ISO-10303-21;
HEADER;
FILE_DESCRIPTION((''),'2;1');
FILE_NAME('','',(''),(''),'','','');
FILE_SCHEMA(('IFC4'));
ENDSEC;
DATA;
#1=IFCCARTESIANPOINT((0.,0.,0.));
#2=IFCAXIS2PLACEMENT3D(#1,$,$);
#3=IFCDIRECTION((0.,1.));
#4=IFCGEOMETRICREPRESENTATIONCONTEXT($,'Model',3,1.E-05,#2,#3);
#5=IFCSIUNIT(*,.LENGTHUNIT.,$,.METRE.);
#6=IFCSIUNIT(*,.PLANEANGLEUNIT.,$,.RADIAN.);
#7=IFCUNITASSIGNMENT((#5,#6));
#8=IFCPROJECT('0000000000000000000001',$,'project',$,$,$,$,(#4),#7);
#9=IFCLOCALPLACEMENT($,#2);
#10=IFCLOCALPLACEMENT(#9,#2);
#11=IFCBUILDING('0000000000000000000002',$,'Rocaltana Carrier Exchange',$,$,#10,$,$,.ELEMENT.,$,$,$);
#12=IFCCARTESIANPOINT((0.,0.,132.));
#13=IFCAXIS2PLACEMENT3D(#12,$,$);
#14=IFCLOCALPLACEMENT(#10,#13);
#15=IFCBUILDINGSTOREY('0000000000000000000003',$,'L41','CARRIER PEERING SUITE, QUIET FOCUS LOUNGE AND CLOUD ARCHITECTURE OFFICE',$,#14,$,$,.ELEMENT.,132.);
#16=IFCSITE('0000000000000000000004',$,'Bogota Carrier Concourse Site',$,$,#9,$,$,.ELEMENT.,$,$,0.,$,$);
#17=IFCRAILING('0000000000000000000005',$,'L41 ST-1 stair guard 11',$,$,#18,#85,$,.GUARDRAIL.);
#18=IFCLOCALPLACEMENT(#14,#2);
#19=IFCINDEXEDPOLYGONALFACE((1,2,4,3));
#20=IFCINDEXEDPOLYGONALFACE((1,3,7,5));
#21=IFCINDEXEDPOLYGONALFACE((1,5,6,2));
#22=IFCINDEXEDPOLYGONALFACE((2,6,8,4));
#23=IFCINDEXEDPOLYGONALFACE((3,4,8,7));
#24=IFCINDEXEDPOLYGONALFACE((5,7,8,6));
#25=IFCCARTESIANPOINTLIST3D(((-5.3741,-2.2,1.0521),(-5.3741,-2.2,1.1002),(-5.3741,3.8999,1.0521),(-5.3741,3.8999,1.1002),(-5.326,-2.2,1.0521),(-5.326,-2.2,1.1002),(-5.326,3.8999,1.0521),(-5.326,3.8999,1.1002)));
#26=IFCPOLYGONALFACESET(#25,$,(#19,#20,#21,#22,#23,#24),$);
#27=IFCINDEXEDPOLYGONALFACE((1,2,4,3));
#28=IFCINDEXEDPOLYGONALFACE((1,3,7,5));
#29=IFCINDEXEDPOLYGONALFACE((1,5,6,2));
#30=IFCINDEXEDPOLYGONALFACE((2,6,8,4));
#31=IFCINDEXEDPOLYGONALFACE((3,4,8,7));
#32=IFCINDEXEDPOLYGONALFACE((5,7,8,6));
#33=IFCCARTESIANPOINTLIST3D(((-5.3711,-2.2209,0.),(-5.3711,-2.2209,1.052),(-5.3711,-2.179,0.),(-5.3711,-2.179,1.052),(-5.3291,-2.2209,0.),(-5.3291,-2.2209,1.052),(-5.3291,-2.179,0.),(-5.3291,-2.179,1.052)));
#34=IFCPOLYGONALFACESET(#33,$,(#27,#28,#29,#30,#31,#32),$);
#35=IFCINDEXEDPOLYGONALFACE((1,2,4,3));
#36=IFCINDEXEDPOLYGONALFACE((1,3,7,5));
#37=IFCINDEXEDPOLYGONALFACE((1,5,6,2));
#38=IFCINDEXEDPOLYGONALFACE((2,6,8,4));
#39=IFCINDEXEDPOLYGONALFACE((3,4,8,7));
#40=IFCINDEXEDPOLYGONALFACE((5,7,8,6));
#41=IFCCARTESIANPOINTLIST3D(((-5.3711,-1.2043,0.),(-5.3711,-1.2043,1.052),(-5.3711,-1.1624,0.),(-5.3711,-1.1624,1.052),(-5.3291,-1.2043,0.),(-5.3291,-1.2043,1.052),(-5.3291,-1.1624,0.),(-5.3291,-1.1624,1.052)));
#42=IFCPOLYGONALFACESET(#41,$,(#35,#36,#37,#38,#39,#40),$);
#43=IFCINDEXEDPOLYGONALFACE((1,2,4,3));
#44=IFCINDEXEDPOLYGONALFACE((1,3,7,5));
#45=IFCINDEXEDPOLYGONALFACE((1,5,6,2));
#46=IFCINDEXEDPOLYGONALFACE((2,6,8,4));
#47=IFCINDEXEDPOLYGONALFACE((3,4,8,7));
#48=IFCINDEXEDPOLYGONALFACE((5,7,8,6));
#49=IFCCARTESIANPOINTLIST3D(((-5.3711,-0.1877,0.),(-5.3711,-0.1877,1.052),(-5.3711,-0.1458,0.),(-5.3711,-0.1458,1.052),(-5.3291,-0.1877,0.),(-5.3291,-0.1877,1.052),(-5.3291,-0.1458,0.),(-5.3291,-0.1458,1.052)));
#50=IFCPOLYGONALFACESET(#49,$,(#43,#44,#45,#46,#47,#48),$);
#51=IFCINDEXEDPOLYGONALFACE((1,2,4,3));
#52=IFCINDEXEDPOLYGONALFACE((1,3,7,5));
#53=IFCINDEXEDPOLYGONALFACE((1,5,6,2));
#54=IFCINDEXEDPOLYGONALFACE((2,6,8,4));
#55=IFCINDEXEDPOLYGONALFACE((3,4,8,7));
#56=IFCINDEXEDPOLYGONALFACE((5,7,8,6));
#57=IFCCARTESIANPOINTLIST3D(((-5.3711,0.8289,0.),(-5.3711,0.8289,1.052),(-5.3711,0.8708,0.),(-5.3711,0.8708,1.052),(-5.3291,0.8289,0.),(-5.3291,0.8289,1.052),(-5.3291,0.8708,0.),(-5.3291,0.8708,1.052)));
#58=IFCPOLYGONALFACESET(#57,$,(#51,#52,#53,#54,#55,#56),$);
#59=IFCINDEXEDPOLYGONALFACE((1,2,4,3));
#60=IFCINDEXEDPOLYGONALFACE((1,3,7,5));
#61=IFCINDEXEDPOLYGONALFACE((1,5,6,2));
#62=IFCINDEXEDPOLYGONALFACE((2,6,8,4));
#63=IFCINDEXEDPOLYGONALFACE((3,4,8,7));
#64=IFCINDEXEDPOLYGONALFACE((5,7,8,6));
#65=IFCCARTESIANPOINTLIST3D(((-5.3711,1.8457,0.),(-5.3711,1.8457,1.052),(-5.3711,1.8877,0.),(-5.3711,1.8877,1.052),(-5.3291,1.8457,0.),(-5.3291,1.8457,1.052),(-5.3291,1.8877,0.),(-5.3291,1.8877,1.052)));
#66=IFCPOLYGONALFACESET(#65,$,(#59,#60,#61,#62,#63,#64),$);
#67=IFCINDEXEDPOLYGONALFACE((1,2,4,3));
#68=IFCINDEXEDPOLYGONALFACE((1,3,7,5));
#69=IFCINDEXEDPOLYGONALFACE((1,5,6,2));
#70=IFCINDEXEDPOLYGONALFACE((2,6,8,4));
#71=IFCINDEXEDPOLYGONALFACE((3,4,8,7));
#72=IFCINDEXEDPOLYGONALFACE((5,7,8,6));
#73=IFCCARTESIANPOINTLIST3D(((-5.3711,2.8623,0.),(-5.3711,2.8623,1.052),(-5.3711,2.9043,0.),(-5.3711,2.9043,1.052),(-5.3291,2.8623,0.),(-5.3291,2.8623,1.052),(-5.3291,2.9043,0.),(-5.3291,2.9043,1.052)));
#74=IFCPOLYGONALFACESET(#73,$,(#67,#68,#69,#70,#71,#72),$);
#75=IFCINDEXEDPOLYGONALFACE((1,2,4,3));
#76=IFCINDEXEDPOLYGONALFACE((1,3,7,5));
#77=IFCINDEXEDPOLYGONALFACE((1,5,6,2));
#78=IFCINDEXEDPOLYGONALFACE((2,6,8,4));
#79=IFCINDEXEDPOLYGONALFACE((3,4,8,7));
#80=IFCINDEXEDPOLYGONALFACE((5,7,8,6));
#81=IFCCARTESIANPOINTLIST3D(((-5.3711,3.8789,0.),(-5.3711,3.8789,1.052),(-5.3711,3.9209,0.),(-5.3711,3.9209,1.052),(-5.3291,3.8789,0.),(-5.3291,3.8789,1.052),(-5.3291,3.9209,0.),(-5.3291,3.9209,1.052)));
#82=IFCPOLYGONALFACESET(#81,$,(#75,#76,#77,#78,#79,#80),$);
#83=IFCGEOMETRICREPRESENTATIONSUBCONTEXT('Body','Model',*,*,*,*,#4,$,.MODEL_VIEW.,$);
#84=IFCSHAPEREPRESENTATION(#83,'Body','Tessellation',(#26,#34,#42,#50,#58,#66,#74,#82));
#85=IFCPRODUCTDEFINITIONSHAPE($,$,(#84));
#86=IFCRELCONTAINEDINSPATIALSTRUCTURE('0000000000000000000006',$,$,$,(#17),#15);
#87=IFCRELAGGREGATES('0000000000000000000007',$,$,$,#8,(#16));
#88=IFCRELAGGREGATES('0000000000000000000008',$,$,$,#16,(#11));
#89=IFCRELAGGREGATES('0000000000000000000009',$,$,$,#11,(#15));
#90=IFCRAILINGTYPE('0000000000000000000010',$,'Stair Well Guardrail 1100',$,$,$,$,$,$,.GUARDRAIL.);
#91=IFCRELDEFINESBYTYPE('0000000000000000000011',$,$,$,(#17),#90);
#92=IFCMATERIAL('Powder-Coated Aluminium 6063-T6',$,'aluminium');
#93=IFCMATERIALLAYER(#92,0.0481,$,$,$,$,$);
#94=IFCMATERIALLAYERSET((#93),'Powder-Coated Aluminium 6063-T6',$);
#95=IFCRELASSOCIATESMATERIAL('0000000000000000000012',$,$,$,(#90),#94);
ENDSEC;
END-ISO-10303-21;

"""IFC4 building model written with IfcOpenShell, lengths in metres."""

from ifc_helpers import new_model, si_unit, direction, frame, origin, origin_2d, place, context, subcontext, project, spatial, rectangle, extrude, material, layer, layer_set, type_object, element, save


model = new_model("IFC4")

# Units and contexts
model_context = context("Model", 3, precision=1e-05, world=origin(), true_north=direction((0.0, 1.0)))
body_context = subcontext(model_context, "Body", "Model", "MODEL_VIEW")
ifc_project = project(units=[si_unit("LENGTHUNIT", "METRE"), si_unit("PLANEANGLEUNIT", "RADIAN")], contexts=[model_context])

# Site, building, storey
site_placement = place(None, origin())
site = spatial("IfcSite", under=ifc_project, at=site_placement, Name="Bogota Carrier Concourse Site", CompositionType="ELEMENT", RefElevation=0.0)
building_placement = place(site_placement, origin())
building = spatial("IfcBuilding", under=site, at=building_placement, Name="Rocaltana Carrier Exchange", CompositionType="ELEMENT")
storey_placement = place(building_placement, frame((0.0, 0.0, 132.0)))
storey = spatial("IfcBuildingStorey", under=building, at=storey_placement, Name="L41", Description="CARRIER PEERING SUITE, QUIET FOCUS LOUNGE AND CLOUD ARCHITECTURE OFFICE", CompositionType="ELEMENT", Elevation=132.0)

# Railing
ifc_material_1 = material(Name="Powder-Coated Aluminium 6063-T6", Category="aluminium")
ifc_layer_1 = layer(ifc_material_1, 0.0481)
ifc_layer_set_1 = layer_set([ifc_layer_1], Name="Powder-Coated Aluminium 6063-T6")
railing_type_1 = type_object("IfcRailingType", Name="Stair Well Guardrail 1100", PredefinedType="GUARDRAIL", material=ifc_layer_set_1)
for number, where, name in (
    (1, (-5.3501, -2.2, 0.0), "L41 ST-1 stair guard 11"),
):
    element("IfcRailing", number, at=place(storey_placement, frame(where)), inside=storey, type_object=railing_type_1, Name=name, PredefinedType="GUARDRAIL", context=body_context, shape_type="SweptSolid", body=[
        extrude(rectangle(XDim=0.0481, YDim=0.0481, at=origin_2d()), frame((0.0, 0.0, 1.0762), z_axis=(0.0, 1.0, 0.0), x_axis=(-1.0, 0.0, 0.0)), (0.0, 0.0, 1.0), 6.0999),
        extrude(rectangle(XDim=0.042, YDim=0.042, at=origin_2d()), origin(), (0.0, 0.0, 1.0), 1.052),
        extrude(rectangle(XDim=0.042, YDim=0.042, at=origin_2d()), frame((0.0, 1.0166, 0.0)), (0.0, 0.0, 1.0), 1.052),
        extrude(rectangle(XDim=0.042, YDim=0.042, at=origin_2d()), frame((0.0, 2.0332, 0.0)), (0.0, 0.0, 1.0), 1.052),
        extrude(rectangle(XDim=0.042, YDim=0.042, at=origin_2d()), frame((0.0, 3.0498, 0.0)), (0.0, 0.0, 1.0), 1.052),
        extrude(rectangle(XDim=0.042, YDim=0.042, at=origin_2d()), frame((0.0, 4.0667, 0.0)), (0.0, 0.0, 1.0), 1.052),
        extrude(rectangle(XDim=0.042, YDim=0.042, at=origin_2d()), frame((0.0, 5.0833, 0.0)), (0.0, 0.0, 1.0), 1.052),
        extrude(rectangle(XDim=0.042, YDim=0.042, at=origin_2d()), frame((0.0, 6.0999, 0.0)), (0.0, 0.0, 1.0), 1.052),
    ])

save(model, "model.ifc")
